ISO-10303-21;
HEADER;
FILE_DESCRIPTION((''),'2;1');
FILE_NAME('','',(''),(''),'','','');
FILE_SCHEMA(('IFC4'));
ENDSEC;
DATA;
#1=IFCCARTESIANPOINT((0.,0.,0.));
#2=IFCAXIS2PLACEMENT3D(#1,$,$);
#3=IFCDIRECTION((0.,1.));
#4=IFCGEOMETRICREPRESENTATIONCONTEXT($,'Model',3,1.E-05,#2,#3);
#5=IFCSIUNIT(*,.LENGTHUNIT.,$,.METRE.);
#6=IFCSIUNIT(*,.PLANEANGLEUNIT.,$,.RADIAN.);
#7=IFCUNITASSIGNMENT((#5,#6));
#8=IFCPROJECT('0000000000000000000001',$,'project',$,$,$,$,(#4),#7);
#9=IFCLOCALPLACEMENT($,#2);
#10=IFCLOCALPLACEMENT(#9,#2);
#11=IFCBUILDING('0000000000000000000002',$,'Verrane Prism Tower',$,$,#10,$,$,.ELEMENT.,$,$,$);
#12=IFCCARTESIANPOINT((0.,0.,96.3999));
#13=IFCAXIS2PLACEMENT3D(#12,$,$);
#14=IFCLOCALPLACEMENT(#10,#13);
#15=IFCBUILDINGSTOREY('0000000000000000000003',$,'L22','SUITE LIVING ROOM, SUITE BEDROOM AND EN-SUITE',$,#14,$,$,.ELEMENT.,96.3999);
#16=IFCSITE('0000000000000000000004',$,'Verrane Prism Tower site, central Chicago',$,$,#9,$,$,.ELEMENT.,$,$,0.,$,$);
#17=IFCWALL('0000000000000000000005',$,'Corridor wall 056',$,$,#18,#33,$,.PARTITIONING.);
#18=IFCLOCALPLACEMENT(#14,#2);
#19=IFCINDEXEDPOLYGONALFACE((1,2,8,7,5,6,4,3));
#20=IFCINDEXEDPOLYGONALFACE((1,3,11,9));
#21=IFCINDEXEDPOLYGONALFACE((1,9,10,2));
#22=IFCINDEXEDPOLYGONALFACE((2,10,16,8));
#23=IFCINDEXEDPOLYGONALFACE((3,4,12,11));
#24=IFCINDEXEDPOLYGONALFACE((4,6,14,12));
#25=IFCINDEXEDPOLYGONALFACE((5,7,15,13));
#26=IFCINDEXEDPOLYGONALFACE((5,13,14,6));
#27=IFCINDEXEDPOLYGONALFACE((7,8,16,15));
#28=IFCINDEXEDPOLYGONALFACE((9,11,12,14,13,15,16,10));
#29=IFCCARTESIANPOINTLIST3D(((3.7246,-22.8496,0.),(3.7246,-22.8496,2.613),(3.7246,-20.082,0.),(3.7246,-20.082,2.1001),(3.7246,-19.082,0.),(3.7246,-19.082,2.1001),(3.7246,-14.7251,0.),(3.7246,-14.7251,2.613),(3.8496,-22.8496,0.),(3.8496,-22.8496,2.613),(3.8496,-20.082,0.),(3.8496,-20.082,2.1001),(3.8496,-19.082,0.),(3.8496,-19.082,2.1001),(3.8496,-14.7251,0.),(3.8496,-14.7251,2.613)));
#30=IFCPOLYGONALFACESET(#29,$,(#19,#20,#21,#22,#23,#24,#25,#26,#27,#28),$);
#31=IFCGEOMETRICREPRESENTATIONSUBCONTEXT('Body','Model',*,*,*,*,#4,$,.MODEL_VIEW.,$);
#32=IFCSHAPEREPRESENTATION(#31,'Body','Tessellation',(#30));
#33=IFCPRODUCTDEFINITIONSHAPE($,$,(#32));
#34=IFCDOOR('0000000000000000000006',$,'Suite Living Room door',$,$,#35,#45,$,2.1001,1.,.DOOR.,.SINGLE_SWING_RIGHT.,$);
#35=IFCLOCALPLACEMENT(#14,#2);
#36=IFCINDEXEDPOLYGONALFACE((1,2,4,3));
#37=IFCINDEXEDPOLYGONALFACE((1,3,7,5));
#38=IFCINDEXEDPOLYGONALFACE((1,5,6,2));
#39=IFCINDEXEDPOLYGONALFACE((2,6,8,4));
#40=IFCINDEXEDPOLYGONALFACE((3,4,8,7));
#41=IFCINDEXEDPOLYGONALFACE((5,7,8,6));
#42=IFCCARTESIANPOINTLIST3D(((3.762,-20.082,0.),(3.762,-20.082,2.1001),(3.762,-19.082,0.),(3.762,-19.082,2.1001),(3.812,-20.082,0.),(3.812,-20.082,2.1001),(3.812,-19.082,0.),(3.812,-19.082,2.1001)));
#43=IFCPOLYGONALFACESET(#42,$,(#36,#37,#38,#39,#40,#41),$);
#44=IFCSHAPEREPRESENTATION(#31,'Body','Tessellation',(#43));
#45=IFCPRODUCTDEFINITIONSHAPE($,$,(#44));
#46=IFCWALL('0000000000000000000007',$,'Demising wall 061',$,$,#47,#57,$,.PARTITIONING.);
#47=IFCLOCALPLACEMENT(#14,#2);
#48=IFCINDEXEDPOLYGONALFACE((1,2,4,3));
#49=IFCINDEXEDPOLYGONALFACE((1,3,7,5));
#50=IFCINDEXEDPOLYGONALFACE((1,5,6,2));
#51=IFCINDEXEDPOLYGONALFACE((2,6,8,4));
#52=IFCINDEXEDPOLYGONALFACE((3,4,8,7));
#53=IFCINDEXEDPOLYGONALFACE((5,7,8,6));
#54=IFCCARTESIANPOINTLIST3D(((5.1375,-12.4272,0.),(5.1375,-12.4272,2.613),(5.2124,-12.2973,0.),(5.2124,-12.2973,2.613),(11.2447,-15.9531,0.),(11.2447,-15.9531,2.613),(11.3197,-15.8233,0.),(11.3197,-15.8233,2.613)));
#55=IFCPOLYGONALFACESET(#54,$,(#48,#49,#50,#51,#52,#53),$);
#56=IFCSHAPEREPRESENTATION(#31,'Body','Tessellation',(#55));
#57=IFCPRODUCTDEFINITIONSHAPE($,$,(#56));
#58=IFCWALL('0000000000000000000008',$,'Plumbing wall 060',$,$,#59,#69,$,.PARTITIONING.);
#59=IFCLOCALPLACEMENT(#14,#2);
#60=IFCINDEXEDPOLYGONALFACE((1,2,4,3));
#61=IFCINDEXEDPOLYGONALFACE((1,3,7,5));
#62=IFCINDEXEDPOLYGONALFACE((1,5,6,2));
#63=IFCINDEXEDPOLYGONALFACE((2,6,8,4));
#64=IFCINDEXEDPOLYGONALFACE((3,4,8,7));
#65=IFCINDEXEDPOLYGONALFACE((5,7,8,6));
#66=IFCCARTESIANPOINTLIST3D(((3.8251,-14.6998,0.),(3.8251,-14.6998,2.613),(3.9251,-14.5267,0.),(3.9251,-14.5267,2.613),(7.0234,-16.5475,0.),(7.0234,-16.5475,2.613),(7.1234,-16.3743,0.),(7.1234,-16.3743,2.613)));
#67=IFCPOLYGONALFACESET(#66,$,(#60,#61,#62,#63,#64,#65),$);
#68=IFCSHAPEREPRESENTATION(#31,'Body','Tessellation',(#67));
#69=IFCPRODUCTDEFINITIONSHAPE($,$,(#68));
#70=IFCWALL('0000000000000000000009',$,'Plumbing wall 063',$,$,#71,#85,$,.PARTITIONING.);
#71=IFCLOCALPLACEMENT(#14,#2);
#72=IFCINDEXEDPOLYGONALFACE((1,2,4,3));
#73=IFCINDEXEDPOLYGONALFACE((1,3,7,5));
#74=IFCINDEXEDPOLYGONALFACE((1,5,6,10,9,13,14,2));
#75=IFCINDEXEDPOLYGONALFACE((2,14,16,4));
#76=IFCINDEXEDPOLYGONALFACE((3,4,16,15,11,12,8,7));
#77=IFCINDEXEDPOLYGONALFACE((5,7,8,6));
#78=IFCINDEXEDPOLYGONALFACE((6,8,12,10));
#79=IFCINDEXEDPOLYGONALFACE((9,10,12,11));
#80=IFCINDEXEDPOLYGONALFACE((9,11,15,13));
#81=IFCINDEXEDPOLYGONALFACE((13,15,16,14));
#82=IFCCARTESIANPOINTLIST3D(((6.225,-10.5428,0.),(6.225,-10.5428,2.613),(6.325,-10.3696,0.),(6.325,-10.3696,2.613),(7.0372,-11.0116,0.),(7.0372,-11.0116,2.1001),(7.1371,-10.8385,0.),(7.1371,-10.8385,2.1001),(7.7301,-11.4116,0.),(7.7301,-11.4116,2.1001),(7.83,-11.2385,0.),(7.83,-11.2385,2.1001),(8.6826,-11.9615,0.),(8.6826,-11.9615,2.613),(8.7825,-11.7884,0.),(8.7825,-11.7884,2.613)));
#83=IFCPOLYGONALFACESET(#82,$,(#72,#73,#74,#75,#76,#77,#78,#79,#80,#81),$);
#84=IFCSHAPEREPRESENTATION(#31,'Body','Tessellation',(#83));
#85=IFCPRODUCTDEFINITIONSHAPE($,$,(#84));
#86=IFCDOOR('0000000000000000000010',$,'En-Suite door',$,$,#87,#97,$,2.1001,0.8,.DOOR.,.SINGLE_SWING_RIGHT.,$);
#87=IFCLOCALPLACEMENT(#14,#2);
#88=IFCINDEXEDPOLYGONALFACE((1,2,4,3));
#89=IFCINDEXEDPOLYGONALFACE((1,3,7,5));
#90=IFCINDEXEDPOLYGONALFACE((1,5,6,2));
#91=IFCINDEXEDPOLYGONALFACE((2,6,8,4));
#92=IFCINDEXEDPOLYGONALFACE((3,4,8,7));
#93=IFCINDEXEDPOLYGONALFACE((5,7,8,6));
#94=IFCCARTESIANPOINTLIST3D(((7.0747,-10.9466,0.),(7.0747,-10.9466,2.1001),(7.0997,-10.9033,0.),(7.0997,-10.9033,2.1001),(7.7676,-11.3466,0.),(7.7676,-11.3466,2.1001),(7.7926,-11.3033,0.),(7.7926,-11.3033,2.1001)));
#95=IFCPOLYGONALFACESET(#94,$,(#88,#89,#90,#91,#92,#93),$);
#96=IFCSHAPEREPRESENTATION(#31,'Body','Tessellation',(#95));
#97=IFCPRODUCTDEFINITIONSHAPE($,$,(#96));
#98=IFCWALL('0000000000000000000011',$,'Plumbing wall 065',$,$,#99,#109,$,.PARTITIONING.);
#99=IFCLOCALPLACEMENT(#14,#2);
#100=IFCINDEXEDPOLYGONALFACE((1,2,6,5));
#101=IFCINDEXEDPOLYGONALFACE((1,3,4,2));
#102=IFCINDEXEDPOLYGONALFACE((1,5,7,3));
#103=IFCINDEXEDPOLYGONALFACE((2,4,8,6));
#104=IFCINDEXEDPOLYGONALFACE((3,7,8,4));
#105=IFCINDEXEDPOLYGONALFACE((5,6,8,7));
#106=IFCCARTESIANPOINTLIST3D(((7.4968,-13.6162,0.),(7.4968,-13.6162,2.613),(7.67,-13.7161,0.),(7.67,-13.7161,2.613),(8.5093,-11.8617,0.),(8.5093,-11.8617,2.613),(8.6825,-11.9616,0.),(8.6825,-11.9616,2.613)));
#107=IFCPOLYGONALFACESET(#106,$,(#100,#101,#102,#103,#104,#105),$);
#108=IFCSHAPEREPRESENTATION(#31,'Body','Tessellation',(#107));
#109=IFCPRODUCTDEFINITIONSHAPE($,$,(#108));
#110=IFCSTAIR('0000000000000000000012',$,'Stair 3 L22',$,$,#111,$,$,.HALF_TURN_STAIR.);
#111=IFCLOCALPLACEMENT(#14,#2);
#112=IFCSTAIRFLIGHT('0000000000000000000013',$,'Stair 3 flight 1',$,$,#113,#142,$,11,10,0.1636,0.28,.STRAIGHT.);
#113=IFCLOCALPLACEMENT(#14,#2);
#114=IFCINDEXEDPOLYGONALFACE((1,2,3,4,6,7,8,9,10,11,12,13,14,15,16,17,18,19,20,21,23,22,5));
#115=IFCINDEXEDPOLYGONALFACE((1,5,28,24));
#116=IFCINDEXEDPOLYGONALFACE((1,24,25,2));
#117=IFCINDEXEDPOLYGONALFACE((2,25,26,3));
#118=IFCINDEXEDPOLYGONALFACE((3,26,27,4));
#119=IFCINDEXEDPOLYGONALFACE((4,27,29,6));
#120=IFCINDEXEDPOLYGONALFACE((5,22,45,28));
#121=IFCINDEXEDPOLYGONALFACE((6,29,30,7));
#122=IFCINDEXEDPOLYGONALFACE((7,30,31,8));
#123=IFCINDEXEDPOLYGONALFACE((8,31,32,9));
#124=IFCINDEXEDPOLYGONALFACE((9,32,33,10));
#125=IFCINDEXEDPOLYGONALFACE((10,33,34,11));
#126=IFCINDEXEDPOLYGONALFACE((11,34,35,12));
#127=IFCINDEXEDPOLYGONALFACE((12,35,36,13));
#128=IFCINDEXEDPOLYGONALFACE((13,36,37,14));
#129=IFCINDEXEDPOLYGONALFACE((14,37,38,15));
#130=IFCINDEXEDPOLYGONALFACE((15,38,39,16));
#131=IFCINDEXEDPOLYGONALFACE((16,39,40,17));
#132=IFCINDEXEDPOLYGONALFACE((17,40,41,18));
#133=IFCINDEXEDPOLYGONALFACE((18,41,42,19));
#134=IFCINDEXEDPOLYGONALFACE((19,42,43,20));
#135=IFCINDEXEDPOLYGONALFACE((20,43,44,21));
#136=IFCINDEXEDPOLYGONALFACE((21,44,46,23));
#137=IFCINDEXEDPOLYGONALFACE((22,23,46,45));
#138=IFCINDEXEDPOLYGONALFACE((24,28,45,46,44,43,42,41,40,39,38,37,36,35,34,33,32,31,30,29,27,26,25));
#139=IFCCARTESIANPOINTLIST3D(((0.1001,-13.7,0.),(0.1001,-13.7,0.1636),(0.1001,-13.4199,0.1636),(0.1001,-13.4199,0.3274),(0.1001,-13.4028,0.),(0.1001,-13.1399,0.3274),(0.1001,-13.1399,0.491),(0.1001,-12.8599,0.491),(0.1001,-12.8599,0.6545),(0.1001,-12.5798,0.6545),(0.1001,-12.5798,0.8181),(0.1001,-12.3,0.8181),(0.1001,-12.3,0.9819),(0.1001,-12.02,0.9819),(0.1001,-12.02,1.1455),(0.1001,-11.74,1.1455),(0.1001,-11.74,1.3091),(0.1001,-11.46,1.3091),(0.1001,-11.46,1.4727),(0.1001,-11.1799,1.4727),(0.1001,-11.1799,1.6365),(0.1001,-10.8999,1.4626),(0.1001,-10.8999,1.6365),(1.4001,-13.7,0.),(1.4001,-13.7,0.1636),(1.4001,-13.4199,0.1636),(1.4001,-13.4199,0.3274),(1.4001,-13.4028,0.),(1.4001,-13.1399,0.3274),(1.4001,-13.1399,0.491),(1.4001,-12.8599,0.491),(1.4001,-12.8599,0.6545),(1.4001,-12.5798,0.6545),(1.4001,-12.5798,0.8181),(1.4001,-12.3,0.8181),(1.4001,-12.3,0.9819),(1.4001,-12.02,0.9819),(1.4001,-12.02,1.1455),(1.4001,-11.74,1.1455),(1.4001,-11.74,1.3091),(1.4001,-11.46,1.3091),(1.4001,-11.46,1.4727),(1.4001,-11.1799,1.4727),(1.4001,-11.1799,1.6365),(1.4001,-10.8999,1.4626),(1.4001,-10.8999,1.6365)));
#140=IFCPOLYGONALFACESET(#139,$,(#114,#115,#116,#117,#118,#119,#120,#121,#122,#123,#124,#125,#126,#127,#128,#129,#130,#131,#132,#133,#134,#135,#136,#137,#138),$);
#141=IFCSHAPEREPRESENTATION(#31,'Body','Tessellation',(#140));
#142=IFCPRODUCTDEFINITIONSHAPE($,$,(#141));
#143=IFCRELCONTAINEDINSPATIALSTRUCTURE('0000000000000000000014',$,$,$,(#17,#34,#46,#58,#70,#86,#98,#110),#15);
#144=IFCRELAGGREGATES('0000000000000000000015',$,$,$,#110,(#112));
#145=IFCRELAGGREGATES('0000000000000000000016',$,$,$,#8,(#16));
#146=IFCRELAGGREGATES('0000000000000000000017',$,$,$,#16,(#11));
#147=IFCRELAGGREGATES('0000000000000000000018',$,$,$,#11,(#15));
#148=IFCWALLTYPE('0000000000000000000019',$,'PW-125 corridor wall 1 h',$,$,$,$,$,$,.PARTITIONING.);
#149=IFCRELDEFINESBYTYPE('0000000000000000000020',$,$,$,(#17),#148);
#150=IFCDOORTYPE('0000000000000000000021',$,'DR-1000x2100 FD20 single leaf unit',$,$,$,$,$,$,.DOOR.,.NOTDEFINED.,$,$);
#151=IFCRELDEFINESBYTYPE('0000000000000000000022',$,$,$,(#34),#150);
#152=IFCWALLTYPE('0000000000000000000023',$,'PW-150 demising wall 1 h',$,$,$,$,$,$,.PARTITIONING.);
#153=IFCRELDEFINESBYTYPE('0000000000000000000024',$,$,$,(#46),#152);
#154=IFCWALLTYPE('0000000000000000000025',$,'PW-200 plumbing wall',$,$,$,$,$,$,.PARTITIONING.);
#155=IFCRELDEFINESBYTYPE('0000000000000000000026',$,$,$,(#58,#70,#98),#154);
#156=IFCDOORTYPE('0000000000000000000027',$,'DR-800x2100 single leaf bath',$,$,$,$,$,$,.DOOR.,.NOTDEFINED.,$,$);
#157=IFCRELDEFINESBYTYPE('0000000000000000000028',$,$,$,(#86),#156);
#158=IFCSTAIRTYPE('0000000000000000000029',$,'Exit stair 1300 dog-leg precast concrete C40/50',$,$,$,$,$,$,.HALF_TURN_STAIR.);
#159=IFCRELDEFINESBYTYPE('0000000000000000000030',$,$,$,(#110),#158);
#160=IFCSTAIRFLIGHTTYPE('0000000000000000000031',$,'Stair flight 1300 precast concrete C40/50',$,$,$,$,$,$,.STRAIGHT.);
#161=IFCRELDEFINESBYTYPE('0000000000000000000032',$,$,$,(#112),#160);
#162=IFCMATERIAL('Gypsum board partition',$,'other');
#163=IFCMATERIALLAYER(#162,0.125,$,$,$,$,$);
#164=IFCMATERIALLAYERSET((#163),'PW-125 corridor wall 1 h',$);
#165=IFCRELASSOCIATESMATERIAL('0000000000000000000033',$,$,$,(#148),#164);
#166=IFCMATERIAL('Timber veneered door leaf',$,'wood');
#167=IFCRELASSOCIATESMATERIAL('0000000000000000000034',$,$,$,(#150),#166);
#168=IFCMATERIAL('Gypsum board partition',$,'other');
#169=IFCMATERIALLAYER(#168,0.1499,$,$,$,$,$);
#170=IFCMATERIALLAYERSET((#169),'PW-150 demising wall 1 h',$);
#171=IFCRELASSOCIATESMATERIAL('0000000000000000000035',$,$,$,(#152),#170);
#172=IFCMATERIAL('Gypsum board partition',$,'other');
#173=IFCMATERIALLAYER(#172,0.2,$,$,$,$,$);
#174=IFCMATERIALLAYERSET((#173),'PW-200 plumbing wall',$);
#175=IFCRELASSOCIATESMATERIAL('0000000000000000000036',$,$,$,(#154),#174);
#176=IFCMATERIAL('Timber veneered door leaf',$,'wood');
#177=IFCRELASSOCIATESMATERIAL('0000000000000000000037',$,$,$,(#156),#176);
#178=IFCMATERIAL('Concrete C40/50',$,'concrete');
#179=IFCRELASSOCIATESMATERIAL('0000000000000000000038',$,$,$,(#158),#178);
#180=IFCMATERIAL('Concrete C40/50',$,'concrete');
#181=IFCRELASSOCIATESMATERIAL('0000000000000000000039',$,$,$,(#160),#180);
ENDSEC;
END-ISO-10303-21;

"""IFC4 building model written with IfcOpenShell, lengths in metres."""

from ifc_helpers import new_model, si_unit, direction, frame, frame_2d, origin, place, context, subcontext, project, spatial, polyline, rectangle, outline, extrude, material, layer, layer_set, type_object, element, fill, aggregate, save


model = new_model("IFC4")

# Units and contexts
model_context = context("Model", 3, precision=1e-05, world=origin(), true_north=direction((0.0, 1.0)))
body_context = subcontext(model_context, "Body", "Model", "MODEL_VIEW")
ifc_project = project(units=[si_unit("LENGTHUNIT", "METRE"), si_unit("PLANEANGLEUNIT", "RADIAN")], contexts=[model_context])

# Site, building, storey
site_placement = place(None, origin())
site = spatial("IfcSite", under=ifc_project, at=site_placement, Name="Verrane Prism Tower site, central Chicago", CompositionType="ELEMENT", RefElevation=0.0)
building_placement = place(site_placement, origin())
building = spatial("IfcBuilding", under=site, at=building_placement, Name="Verrane Prism Tower", CompositionType="ELEMENT")
storey_placement = place(building_placement, frame((0.0, 0.0, 96.3999)))
storey = spatial("IfcBuildingStorey", under=building, at=storey_placement, Name="L22", Description="SUITE LIVING ROOM, SUITE BEDROOM AND EN-SUITE", CompositionType="ELEMENT", Elevation=96.3999)

# Wall, opening, door
ifc_material_1 = material(Name="Gypsum board partition", Category="other")
ifc_layer_1 = layer(ifc_material_1, 0.125)
ifc_layer_set_1 = layer_set([ifc_layer_1], Name="PW-125 corridor wall 1 h")
wall_type_1 = type_object("IfcWallType", Name="PW-125 corridor wall 1 h", PredefinedType="PARTITIONING", material=ifc_layer_set_1)
wall_1_placement = place(storey_placement, frame((3.7871, -14.7251, 0.0), z_axis=(0.0, 0.0, 1.0), x_axis=(0.0, -1.0, 0.0)))
wall_1 = element("IfcWall", 1, at=wall_1_placement, inside=storey, type_object=wall_type_1, Name="Corridor wall 056", PredefinedType="PARTITIONING", context=body_context, shape_type="SweptSolid", body=[
    extrude(rectangle(XDim=8.1245, YDim=0.125, at=frame_2d((4.0623, 0.0))), origin(), (0.0, 0.0, 1.0), 2.613),
])
opening_1_placement = place(wall_1_placement, frame((4.3569, 0.0, 0.0)))
opening_1 = element("IfcOpeningElement", 2, at=opening_1_placement, cuts=wall_1, PredefinedType="OPENING", context=body_context, shape_type="SweptSolid", body=[
    extrude(rectangle(XDim=1.0, YDim=2.1001, at=frame_2d((0.5, 1.05))), frame((0.0, 0.0725, 0.0), z_axis=(0.0, -1.0, 0.0), x_axis=(1.0, 0.0, 0.0)), (0.0, 0.0, 1.0), 0.145),
])
ifc_material_2 = material(Name="Timber veneered door leaf", Category="wood")
door_type_1 = type_object("IfcDoorType", Name="DR-1000x2100 FD20 single leaf unit", OperationType="NOTDEFINED", PredefinedType="DOOR", material=ifc_material_2)
door_1_placement = place(opening_1_placement, origin())
door_1 = element("IfcDoor", 3, at=door_1_placement, inside=storey, type_object=door_type_1, Name="Suite Living Room door", OperationType="SINGLE_SWING_RIGHT", OverallHeight=2.1001, OverallWidth=1.0, PredefinedType="DOOR", context=body_context, shape_type="SweptSolid", body=[
    extrude(rectangle(XDim=1.0, YDim=2.1001, at=frame_2d((0.5, 1.05))), frame((0.0, 0.0249, 0.0), z_axis=(0.0, -1.0, 0.0), x_axis=(1.0, 0.0, 0.0)), (0.0, 0.0, 1.0), 0.05),
])
fill(opening_1, door_1)

# Walls
ifc_material_3 = material(Name="Gypsum board partition", Category="other")
ifc_layer_2 = layer(ifc_material_3, 0.1499)
ifc_layer_set_2 = layer_set([ifc_layer_2], Name="PW-150 demising wall 1 h")
wall_type_2 = type_object("IfcWallType", Name="PW-150 demising wall 1 h", PredefinedType="PARTITIONING", material=ifc_layer_set_2)
wall_2_placement = place(storey_placement, frame((5.175, -12.3623, 0.0), z_axis=(0.0, 0.0, 1.0), x_axis=(0.866032, -0.499989, 0.0)))
element("IfcWall", 4, at=wall_2_placement, inside=storey, type_object=wall_type_2, Name="Demising wall 061", PredefinedType="PARTITIONING", context=body_context, shape_type="SweptSolid", body=[
    extrude(rectangle(XDim=7.052, YDim=0.1499, at=frame_2d((3.5259, 0.0))), origin(), (0.0, 0.0, 1.0), 2.613),
])
ifc_material_4 = material(Name="Gypsum board partition", Category="other")
ifc_layer_3 = layer(ifc_material_4, 0.2)
ifc_layer_set_3 = layer_set([ifc_layer_3], Name="PW-200 plumbing wall")
wall_type_3 = type_object("IfcWallType", Name="PW-200 plumbing wall", PredefinedType="PARTITIONING", material=ifc_layer_set_3)
wall_3_placement = place(storey_placement, frame((3.8752, -14.6133, 0.0), z_axis=(0.0, 0.0, 1.0), x_axis=(0.865891, -0.500234, 0.0)))
element("IfcWall", 5, at=wall_3_placement, inside=storey, type_object=wall_type_3, Name="Plumbing wall 060", PredefinedType="PARTITIONING", context=body_context, shape_type="SweptSolid", body=[
    extrude(rectangle(XDim=3.6936, YDim=0.2, at=frame_2d((1.8467, 0.0))), origin(), (0.0, 0.0, 1.0), 2.613),
])

# Wall, opening, door
wall_4_placement = place(storey_placement, frame((8.7327, -11.875, 0.0), z_axis=(0.0, 0.0, 1.0), x_axis=(-0.866048, 0.499961, 0.0)))
wall_4 = element("IfcWall", 6, at=wall_4_placement, inside=storey, type_object=wall_type_3, Name="Plumbing wall 063", PredefinedType="PARTITIONING", context=body_context, shape_type="SweptSolid", body=[
    extrude(rectangle(XDim=2.8376, YDim=0.2, at=frame_2d((1.4189, 0.0))), origin(), (0.0, 0.0, 1.0), 2.613),
])
opening_2_placement = place(wall_4_placement, frame((1.1001, 0.0, 0.0)))
opening_2 = element("IfcOpeningElement", 7, at=opening_2_placement, cuts=wall_4, PredefinedType="OPENING", context=body_context, shape_type="SweptSolid", body=[
    extrude(rectangle(XDim=0.8, YDim=2.1001, at=frame_2d((0.3999, 1.05))), frame((0.0, 0.1099, 0.0), z_axis=(0.0, -1.0, 0.0), x_axis=(1.0, 0.0, 0.0)), (0.0, 0.0, 1.0), 0.22),
])
ifc_material_5 = material(Name="Timber veneered door leaf", Category="wood")
door_type_2 = type_object("IfcDoorType", Name="DR-800x2100 single leaf bath", OperationType="NOTDEFINED", PredefinedType="DOOR", material=ifc_material_5)
door_2_placement = place(opening_2_placement, origin())
door_2 = element("IfcDoor", 8, at=door_2_placement, inside=storey, type_object=door_type_2, Name="En-Suite door", OperationType="SINGLE_SWING_RIGHT", OverallHeight=2.1001, OverallWidth=0.8, PredefinedType="DOOR", context=body_context, shape_type="SweptSolid", body=[
    extrude(rectangle(XDim=0.8, YDim=2.1001, at=frame_2d((0.3999, 1.05))), frame((0.0, 0.0249, 0.0), z_axis=(0.0, -1.0, 0.0), x_axis=(1.0, 0.0, 0.0)), (0.0, 0.0, 1.0), 0.05),
])
fill(opening_2, door_2)

# Wall
wall_5_placement = place(storey_placement, frame((7.5835, -13.666, 0.0), z_axis=(0.0, 0.0, 1.0), x_axis=(0.499834, 0.866121, 0.0)))
element("IfcWall", 9, at=wall_5_placement, inside=storey, type_object=wall_type_3, Name="Plumbing wall 065", PredefinedType="PARTITIONING", context=body_context, shape_type="SweptSolid", body=[
    extrude(rectangle(XDim=2.0256, YDim=0.2, at=frame_2d((1.0127, 0.0))), origin(), (0.0, 0.0, 1.0), 2.613),
])

# Stair, stair flight
ifc_material_6 = material(Name="Concrete C40/50", Category="concrete")
stair_type = type_object("IfcStairType", Name="Exit stair 1300 dog-leg precast concrete C40/50", PredefinedType="HALF_TURN_STAIR", material=ifc_material_6)
stair_placement = place(storey_placement, origin())
stair = element("IfcStair", 10, at=stair_placement, inside=storey, type_object=stair_type, Name="Stair 3 L22", PredefinedType="HALF_TURN_STAIR")
ifc_material_7 = material(Name="Concrete C40/50", Category="concrete")
stair_flight_type = type_object("IfcStairFlightType", Name="Stair flight 1300 precast concrete C40/50", PredefinedType="STRAIGHT", material=ifc_material_7)
stair_flight_placement = place(storey_placement, frame((0.75, -13.7, 0.0), z_axis=(0.0, 0.0, 1.0), x_axis=(0.0, 1.0, 0.0)))
stair_flight = element("IfcStairFlight", 11, at=stair_flight_placement, type_object=stair_flight_type, Name="Stair 3 flight 1", NumberOfRisers=11, NumberOfTreads=10, PredefinedType="STRAIGHT", RiserHeight=0.1636, TreadLength=0.28, context=body_context, shape_type="SweptSolid", body=[
    extrude(outline(polyline([(0.0, 0.0), (0.0, 0.1636), (0.28, 0.1636), (0.28, 0.3274), (0.5601, 0.3274), (0.5601, 0.491), (0.8401, 0.491), (0.8401, 0.6545), (1.1201, 0.6545), (1.1201, 0.8181), (1.3999, 0.8181), (1.3999, 0.9819), (1.6799, 0.9819), (1.6799, 1.1455), (1.96, 1.1455), (1.96, 1.3091), (2.24, 1.3091), (2.24, 1.4727), (2.52, 1.4727), (2.52, 1.6365), (2.8, 1.6365), (2.8, 1.8), (2.8, 1.4626), (0.2971, 0.0), (0.0, 0.0)])), frame((0.0, 0.6499, 0.0), z_axis=(0.0, -1.0, 0.0), x_axis=(1.0, 0.0, 0.0)), (0.0, 0.0, 1.0), 1.3),
])
aggregate(stair, [stair_flight])

save(model, "model.ifc")
